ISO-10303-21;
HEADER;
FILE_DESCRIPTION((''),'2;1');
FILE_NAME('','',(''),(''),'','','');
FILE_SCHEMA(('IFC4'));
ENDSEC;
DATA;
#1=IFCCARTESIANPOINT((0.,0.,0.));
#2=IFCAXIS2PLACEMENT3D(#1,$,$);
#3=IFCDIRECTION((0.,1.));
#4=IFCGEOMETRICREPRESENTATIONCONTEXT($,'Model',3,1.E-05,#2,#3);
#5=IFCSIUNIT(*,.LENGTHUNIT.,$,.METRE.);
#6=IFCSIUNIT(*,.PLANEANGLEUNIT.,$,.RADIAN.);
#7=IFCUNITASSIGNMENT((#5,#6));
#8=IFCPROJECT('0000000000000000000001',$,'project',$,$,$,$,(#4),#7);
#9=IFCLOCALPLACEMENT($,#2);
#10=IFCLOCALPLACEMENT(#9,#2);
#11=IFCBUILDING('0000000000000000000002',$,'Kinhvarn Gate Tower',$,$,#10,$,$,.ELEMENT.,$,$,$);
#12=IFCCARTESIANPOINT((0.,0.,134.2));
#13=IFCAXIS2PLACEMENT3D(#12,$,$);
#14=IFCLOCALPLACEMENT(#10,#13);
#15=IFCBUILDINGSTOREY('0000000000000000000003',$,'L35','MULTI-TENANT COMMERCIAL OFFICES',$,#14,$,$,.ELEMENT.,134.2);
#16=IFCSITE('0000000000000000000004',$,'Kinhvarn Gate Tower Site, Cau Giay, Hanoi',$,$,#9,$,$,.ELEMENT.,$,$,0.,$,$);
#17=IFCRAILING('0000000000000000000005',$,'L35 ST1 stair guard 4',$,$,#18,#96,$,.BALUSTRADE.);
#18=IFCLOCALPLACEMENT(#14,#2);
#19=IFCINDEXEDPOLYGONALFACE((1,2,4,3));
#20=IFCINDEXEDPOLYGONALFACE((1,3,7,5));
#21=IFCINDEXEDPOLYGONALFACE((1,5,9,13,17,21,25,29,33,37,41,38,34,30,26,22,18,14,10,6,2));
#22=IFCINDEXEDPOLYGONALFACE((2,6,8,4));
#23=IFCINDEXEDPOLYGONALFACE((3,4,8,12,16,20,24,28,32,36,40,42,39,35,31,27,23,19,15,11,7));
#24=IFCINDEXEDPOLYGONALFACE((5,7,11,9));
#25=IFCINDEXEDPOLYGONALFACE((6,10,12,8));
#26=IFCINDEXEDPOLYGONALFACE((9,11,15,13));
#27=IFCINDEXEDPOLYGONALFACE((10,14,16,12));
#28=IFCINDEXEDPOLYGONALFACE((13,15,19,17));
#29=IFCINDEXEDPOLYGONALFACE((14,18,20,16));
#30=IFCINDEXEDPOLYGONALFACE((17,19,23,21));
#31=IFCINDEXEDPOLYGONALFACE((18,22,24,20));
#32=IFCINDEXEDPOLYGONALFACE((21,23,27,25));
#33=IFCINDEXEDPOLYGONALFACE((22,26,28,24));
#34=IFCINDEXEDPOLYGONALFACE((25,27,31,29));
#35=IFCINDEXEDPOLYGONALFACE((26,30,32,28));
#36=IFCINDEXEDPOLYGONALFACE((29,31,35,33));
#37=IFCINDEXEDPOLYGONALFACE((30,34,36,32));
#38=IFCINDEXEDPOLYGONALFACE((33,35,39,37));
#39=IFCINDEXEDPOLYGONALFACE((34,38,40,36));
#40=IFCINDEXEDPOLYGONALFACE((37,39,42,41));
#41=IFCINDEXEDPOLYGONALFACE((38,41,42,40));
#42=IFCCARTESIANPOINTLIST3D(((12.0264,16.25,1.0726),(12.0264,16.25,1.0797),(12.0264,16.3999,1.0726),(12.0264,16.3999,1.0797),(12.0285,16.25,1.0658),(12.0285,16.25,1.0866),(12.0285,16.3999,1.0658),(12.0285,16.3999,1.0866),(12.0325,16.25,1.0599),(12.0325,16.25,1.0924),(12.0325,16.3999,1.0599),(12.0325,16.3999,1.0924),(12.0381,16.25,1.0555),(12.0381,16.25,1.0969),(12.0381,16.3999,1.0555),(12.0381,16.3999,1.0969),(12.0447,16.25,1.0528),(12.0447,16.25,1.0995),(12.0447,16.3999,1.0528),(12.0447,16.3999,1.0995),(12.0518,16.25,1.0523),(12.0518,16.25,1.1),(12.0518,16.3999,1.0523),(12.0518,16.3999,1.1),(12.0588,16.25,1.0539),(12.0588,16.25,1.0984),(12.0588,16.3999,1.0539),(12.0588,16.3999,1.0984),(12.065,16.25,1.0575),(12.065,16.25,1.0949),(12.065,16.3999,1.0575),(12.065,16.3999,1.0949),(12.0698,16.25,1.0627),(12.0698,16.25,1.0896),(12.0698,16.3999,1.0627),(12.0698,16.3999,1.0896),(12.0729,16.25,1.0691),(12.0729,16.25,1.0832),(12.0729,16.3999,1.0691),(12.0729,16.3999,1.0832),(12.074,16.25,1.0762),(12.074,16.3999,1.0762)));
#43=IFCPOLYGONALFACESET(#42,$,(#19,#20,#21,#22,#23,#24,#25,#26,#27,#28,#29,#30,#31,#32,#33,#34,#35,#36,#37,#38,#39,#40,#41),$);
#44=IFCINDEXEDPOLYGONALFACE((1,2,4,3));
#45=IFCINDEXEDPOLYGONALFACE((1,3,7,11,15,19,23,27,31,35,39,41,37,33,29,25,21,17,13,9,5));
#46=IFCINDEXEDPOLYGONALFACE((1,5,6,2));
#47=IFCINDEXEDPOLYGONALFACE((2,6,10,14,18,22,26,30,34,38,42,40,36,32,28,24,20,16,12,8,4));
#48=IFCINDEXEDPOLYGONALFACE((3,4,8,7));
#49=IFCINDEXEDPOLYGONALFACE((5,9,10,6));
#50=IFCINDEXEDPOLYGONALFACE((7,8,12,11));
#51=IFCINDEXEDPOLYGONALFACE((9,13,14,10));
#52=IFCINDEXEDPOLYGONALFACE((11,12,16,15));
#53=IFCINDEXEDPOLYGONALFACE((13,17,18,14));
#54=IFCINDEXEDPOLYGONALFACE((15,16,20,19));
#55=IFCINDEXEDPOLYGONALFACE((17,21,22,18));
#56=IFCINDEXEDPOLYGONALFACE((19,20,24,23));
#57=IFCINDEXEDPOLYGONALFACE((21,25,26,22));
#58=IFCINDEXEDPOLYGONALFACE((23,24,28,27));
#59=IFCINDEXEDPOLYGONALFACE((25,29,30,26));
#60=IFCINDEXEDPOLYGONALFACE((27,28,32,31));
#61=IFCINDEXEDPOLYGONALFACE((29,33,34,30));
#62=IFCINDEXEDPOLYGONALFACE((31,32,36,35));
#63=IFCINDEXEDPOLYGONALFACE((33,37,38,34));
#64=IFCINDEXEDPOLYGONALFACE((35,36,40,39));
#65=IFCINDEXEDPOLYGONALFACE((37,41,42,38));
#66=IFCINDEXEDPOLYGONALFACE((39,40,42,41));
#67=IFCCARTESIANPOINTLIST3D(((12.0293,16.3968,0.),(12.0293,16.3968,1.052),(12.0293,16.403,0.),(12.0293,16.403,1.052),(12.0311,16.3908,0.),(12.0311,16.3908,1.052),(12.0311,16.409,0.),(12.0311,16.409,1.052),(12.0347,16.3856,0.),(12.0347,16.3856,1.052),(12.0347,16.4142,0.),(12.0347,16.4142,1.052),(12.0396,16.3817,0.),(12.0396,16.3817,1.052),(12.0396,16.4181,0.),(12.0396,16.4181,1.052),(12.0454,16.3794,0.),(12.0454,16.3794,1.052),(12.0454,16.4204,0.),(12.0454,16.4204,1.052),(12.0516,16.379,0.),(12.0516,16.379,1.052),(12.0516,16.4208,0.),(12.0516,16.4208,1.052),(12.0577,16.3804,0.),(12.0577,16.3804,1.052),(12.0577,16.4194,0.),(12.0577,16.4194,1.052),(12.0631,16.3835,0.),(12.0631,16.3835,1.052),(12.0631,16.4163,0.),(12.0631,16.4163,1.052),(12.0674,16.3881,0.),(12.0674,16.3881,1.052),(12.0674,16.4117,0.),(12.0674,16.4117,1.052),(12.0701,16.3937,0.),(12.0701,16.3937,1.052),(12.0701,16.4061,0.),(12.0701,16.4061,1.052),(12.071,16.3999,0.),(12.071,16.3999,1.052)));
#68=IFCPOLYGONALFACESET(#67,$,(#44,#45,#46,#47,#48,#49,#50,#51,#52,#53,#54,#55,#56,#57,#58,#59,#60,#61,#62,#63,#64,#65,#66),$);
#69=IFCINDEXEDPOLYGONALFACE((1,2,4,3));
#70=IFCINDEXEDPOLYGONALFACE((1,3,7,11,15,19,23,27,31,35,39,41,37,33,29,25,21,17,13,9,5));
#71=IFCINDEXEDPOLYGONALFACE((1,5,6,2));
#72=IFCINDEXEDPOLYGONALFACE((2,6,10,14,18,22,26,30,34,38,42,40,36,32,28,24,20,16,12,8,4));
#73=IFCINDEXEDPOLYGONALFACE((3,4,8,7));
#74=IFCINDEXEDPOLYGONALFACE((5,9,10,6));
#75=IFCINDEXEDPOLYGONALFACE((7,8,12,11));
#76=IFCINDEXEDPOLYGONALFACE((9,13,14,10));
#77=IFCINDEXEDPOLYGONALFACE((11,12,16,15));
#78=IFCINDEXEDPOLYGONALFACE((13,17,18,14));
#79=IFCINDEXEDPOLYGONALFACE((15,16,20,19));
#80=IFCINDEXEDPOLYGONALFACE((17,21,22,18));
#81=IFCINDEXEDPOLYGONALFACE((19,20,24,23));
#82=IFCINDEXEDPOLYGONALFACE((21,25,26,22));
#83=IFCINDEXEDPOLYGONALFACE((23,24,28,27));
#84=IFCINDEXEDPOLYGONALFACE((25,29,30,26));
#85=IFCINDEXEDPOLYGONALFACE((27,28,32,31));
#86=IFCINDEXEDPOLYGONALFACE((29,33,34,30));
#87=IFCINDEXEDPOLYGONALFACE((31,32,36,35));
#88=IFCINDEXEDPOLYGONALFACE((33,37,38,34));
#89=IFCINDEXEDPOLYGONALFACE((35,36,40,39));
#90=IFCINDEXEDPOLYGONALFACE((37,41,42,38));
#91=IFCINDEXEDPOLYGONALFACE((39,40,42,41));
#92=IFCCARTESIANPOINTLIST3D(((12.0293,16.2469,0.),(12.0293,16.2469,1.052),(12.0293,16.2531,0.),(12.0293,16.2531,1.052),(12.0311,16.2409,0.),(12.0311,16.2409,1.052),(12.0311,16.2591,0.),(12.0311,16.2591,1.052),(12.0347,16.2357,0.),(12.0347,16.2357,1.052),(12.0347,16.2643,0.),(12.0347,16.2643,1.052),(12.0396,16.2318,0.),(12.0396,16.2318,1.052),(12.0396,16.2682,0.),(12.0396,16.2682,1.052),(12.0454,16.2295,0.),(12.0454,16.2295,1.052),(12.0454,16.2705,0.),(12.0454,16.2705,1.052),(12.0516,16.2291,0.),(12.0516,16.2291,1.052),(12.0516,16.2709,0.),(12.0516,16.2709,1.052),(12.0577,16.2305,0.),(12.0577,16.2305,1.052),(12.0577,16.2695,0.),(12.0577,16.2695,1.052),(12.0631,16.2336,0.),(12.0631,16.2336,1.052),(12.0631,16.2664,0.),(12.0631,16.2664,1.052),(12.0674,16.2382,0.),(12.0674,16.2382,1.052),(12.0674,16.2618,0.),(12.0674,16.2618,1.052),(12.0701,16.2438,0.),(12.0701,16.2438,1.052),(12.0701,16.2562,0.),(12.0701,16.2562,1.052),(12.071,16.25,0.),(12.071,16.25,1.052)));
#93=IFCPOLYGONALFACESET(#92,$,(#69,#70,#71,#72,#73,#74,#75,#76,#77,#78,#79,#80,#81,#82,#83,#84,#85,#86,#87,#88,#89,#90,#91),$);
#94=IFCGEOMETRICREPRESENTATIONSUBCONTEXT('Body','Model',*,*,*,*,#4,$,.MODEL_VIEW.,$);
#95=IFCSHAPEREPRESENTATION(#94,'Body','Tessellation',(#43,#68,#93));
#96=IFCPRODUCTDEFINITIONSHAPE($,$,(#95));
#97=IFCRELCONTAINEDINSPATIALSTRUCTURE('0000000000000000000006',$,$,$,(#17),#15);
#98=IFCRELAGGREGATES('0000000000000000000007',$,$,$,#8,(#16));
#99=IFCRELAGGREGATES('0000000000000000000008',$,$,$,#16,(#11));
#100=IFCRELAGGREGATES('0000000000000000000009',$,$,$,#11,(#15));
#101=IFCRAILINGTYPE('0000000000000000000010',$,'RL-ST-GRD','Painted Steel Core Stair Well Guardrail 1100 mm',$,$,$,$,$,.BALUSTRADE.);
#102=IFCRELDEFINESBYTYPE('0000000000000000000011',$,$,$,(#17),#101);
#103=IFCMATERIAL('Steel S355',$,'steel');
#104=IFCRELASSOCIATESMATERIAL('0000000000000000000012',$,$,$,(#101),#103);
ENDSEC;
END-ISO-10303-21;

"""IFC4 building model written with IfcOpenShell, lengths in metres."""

from ifc_helpers import new_model, si_unit, direction, frame, origin, origin_2d, place, context, subcontext, project, spatial, circle, extrude, material, type_object, element, save


model = new_model("IFC4")

# Units and contexts
model_context = context("Model", 3, precision=1e-05, world=origin(), true_north=direction((0.0, 1.0)))
body_context = subcontext(model_context, "Body", "Model", "MODEL_VIEW")
ifc_project = project(units=[si_unit("LENGTHUNIT", "METRE"), si_unit("PLANEANGLEUNIT", "RADIAN")], contexts=[model_context])

# Site, building, storey
site_placement = place(None, origin())
site = spatial("IfcSite", under=ifc_project, at=site_placement, Name="Kinhvarn Gate Tower Site, Cau Giay, Hanoi", CompositionType="ELEMENT", RefElevation=0.0)
building_placement = place(site_placement, origin())
building = spatial("IfcBuilding", under=site, at=building_placement, Name="Kinhvarn Gate Tower", CompositionType="ELEMENT")
storey_placement = place(building_placement, frame((0.0, 0.0, 134.2)))
storey = spatial("IfcBuildingStorey", under=building, at=storey_placement, Name="L35", Description="MULTI-TENANT COMMERCIAL OFFICES", CompositionType="ELEMENT", Elevation=134.2)

# Shared definitions
ifc_material_1 = material(Name="Steel S355", Category="steel")

# Railing
railing_type_1 = type_object("IfcRailingType", Name="RL-ST-GRD", Description="Painted Steel Core Stair Well Guardrail 1100 mm", PredefinedType="BALUSTRADE", material=ifc_material_1)
railing_1_placement = place(storey_placement, frame((12.05, 16.3999, 0.0)))
element("IfcRailing", 1, at=railing_1_placement, inside=storey, type_object=railing_type_1, Name="L35 ST1 stair guard 4", PredefinedType="BALUSTRADE", context=body_context, shape_type="SweptSolid", body=[
    extrude(circle(Radius=0.0239, at=origin_2d()), frame((0.0, 0.0, 1.0762), z_axis=(0.0, -1.0, 0.0), x_axis=(1.0, 0.0, 0.0)), (0.0, 0.0, 1.0), 0.1499),
    extrude(circle(Radius=0.021, at=origin_2d()), origin(), (0.0, 0.0, 1.0), 1.052),
    extrude(circle(Radius=0.021, at=origin_2d()), frame((0.0, -0.1499, 0.0)), (0.0, 0.0, 1.0), 1.052),
])

save(model, "model.ifc")
